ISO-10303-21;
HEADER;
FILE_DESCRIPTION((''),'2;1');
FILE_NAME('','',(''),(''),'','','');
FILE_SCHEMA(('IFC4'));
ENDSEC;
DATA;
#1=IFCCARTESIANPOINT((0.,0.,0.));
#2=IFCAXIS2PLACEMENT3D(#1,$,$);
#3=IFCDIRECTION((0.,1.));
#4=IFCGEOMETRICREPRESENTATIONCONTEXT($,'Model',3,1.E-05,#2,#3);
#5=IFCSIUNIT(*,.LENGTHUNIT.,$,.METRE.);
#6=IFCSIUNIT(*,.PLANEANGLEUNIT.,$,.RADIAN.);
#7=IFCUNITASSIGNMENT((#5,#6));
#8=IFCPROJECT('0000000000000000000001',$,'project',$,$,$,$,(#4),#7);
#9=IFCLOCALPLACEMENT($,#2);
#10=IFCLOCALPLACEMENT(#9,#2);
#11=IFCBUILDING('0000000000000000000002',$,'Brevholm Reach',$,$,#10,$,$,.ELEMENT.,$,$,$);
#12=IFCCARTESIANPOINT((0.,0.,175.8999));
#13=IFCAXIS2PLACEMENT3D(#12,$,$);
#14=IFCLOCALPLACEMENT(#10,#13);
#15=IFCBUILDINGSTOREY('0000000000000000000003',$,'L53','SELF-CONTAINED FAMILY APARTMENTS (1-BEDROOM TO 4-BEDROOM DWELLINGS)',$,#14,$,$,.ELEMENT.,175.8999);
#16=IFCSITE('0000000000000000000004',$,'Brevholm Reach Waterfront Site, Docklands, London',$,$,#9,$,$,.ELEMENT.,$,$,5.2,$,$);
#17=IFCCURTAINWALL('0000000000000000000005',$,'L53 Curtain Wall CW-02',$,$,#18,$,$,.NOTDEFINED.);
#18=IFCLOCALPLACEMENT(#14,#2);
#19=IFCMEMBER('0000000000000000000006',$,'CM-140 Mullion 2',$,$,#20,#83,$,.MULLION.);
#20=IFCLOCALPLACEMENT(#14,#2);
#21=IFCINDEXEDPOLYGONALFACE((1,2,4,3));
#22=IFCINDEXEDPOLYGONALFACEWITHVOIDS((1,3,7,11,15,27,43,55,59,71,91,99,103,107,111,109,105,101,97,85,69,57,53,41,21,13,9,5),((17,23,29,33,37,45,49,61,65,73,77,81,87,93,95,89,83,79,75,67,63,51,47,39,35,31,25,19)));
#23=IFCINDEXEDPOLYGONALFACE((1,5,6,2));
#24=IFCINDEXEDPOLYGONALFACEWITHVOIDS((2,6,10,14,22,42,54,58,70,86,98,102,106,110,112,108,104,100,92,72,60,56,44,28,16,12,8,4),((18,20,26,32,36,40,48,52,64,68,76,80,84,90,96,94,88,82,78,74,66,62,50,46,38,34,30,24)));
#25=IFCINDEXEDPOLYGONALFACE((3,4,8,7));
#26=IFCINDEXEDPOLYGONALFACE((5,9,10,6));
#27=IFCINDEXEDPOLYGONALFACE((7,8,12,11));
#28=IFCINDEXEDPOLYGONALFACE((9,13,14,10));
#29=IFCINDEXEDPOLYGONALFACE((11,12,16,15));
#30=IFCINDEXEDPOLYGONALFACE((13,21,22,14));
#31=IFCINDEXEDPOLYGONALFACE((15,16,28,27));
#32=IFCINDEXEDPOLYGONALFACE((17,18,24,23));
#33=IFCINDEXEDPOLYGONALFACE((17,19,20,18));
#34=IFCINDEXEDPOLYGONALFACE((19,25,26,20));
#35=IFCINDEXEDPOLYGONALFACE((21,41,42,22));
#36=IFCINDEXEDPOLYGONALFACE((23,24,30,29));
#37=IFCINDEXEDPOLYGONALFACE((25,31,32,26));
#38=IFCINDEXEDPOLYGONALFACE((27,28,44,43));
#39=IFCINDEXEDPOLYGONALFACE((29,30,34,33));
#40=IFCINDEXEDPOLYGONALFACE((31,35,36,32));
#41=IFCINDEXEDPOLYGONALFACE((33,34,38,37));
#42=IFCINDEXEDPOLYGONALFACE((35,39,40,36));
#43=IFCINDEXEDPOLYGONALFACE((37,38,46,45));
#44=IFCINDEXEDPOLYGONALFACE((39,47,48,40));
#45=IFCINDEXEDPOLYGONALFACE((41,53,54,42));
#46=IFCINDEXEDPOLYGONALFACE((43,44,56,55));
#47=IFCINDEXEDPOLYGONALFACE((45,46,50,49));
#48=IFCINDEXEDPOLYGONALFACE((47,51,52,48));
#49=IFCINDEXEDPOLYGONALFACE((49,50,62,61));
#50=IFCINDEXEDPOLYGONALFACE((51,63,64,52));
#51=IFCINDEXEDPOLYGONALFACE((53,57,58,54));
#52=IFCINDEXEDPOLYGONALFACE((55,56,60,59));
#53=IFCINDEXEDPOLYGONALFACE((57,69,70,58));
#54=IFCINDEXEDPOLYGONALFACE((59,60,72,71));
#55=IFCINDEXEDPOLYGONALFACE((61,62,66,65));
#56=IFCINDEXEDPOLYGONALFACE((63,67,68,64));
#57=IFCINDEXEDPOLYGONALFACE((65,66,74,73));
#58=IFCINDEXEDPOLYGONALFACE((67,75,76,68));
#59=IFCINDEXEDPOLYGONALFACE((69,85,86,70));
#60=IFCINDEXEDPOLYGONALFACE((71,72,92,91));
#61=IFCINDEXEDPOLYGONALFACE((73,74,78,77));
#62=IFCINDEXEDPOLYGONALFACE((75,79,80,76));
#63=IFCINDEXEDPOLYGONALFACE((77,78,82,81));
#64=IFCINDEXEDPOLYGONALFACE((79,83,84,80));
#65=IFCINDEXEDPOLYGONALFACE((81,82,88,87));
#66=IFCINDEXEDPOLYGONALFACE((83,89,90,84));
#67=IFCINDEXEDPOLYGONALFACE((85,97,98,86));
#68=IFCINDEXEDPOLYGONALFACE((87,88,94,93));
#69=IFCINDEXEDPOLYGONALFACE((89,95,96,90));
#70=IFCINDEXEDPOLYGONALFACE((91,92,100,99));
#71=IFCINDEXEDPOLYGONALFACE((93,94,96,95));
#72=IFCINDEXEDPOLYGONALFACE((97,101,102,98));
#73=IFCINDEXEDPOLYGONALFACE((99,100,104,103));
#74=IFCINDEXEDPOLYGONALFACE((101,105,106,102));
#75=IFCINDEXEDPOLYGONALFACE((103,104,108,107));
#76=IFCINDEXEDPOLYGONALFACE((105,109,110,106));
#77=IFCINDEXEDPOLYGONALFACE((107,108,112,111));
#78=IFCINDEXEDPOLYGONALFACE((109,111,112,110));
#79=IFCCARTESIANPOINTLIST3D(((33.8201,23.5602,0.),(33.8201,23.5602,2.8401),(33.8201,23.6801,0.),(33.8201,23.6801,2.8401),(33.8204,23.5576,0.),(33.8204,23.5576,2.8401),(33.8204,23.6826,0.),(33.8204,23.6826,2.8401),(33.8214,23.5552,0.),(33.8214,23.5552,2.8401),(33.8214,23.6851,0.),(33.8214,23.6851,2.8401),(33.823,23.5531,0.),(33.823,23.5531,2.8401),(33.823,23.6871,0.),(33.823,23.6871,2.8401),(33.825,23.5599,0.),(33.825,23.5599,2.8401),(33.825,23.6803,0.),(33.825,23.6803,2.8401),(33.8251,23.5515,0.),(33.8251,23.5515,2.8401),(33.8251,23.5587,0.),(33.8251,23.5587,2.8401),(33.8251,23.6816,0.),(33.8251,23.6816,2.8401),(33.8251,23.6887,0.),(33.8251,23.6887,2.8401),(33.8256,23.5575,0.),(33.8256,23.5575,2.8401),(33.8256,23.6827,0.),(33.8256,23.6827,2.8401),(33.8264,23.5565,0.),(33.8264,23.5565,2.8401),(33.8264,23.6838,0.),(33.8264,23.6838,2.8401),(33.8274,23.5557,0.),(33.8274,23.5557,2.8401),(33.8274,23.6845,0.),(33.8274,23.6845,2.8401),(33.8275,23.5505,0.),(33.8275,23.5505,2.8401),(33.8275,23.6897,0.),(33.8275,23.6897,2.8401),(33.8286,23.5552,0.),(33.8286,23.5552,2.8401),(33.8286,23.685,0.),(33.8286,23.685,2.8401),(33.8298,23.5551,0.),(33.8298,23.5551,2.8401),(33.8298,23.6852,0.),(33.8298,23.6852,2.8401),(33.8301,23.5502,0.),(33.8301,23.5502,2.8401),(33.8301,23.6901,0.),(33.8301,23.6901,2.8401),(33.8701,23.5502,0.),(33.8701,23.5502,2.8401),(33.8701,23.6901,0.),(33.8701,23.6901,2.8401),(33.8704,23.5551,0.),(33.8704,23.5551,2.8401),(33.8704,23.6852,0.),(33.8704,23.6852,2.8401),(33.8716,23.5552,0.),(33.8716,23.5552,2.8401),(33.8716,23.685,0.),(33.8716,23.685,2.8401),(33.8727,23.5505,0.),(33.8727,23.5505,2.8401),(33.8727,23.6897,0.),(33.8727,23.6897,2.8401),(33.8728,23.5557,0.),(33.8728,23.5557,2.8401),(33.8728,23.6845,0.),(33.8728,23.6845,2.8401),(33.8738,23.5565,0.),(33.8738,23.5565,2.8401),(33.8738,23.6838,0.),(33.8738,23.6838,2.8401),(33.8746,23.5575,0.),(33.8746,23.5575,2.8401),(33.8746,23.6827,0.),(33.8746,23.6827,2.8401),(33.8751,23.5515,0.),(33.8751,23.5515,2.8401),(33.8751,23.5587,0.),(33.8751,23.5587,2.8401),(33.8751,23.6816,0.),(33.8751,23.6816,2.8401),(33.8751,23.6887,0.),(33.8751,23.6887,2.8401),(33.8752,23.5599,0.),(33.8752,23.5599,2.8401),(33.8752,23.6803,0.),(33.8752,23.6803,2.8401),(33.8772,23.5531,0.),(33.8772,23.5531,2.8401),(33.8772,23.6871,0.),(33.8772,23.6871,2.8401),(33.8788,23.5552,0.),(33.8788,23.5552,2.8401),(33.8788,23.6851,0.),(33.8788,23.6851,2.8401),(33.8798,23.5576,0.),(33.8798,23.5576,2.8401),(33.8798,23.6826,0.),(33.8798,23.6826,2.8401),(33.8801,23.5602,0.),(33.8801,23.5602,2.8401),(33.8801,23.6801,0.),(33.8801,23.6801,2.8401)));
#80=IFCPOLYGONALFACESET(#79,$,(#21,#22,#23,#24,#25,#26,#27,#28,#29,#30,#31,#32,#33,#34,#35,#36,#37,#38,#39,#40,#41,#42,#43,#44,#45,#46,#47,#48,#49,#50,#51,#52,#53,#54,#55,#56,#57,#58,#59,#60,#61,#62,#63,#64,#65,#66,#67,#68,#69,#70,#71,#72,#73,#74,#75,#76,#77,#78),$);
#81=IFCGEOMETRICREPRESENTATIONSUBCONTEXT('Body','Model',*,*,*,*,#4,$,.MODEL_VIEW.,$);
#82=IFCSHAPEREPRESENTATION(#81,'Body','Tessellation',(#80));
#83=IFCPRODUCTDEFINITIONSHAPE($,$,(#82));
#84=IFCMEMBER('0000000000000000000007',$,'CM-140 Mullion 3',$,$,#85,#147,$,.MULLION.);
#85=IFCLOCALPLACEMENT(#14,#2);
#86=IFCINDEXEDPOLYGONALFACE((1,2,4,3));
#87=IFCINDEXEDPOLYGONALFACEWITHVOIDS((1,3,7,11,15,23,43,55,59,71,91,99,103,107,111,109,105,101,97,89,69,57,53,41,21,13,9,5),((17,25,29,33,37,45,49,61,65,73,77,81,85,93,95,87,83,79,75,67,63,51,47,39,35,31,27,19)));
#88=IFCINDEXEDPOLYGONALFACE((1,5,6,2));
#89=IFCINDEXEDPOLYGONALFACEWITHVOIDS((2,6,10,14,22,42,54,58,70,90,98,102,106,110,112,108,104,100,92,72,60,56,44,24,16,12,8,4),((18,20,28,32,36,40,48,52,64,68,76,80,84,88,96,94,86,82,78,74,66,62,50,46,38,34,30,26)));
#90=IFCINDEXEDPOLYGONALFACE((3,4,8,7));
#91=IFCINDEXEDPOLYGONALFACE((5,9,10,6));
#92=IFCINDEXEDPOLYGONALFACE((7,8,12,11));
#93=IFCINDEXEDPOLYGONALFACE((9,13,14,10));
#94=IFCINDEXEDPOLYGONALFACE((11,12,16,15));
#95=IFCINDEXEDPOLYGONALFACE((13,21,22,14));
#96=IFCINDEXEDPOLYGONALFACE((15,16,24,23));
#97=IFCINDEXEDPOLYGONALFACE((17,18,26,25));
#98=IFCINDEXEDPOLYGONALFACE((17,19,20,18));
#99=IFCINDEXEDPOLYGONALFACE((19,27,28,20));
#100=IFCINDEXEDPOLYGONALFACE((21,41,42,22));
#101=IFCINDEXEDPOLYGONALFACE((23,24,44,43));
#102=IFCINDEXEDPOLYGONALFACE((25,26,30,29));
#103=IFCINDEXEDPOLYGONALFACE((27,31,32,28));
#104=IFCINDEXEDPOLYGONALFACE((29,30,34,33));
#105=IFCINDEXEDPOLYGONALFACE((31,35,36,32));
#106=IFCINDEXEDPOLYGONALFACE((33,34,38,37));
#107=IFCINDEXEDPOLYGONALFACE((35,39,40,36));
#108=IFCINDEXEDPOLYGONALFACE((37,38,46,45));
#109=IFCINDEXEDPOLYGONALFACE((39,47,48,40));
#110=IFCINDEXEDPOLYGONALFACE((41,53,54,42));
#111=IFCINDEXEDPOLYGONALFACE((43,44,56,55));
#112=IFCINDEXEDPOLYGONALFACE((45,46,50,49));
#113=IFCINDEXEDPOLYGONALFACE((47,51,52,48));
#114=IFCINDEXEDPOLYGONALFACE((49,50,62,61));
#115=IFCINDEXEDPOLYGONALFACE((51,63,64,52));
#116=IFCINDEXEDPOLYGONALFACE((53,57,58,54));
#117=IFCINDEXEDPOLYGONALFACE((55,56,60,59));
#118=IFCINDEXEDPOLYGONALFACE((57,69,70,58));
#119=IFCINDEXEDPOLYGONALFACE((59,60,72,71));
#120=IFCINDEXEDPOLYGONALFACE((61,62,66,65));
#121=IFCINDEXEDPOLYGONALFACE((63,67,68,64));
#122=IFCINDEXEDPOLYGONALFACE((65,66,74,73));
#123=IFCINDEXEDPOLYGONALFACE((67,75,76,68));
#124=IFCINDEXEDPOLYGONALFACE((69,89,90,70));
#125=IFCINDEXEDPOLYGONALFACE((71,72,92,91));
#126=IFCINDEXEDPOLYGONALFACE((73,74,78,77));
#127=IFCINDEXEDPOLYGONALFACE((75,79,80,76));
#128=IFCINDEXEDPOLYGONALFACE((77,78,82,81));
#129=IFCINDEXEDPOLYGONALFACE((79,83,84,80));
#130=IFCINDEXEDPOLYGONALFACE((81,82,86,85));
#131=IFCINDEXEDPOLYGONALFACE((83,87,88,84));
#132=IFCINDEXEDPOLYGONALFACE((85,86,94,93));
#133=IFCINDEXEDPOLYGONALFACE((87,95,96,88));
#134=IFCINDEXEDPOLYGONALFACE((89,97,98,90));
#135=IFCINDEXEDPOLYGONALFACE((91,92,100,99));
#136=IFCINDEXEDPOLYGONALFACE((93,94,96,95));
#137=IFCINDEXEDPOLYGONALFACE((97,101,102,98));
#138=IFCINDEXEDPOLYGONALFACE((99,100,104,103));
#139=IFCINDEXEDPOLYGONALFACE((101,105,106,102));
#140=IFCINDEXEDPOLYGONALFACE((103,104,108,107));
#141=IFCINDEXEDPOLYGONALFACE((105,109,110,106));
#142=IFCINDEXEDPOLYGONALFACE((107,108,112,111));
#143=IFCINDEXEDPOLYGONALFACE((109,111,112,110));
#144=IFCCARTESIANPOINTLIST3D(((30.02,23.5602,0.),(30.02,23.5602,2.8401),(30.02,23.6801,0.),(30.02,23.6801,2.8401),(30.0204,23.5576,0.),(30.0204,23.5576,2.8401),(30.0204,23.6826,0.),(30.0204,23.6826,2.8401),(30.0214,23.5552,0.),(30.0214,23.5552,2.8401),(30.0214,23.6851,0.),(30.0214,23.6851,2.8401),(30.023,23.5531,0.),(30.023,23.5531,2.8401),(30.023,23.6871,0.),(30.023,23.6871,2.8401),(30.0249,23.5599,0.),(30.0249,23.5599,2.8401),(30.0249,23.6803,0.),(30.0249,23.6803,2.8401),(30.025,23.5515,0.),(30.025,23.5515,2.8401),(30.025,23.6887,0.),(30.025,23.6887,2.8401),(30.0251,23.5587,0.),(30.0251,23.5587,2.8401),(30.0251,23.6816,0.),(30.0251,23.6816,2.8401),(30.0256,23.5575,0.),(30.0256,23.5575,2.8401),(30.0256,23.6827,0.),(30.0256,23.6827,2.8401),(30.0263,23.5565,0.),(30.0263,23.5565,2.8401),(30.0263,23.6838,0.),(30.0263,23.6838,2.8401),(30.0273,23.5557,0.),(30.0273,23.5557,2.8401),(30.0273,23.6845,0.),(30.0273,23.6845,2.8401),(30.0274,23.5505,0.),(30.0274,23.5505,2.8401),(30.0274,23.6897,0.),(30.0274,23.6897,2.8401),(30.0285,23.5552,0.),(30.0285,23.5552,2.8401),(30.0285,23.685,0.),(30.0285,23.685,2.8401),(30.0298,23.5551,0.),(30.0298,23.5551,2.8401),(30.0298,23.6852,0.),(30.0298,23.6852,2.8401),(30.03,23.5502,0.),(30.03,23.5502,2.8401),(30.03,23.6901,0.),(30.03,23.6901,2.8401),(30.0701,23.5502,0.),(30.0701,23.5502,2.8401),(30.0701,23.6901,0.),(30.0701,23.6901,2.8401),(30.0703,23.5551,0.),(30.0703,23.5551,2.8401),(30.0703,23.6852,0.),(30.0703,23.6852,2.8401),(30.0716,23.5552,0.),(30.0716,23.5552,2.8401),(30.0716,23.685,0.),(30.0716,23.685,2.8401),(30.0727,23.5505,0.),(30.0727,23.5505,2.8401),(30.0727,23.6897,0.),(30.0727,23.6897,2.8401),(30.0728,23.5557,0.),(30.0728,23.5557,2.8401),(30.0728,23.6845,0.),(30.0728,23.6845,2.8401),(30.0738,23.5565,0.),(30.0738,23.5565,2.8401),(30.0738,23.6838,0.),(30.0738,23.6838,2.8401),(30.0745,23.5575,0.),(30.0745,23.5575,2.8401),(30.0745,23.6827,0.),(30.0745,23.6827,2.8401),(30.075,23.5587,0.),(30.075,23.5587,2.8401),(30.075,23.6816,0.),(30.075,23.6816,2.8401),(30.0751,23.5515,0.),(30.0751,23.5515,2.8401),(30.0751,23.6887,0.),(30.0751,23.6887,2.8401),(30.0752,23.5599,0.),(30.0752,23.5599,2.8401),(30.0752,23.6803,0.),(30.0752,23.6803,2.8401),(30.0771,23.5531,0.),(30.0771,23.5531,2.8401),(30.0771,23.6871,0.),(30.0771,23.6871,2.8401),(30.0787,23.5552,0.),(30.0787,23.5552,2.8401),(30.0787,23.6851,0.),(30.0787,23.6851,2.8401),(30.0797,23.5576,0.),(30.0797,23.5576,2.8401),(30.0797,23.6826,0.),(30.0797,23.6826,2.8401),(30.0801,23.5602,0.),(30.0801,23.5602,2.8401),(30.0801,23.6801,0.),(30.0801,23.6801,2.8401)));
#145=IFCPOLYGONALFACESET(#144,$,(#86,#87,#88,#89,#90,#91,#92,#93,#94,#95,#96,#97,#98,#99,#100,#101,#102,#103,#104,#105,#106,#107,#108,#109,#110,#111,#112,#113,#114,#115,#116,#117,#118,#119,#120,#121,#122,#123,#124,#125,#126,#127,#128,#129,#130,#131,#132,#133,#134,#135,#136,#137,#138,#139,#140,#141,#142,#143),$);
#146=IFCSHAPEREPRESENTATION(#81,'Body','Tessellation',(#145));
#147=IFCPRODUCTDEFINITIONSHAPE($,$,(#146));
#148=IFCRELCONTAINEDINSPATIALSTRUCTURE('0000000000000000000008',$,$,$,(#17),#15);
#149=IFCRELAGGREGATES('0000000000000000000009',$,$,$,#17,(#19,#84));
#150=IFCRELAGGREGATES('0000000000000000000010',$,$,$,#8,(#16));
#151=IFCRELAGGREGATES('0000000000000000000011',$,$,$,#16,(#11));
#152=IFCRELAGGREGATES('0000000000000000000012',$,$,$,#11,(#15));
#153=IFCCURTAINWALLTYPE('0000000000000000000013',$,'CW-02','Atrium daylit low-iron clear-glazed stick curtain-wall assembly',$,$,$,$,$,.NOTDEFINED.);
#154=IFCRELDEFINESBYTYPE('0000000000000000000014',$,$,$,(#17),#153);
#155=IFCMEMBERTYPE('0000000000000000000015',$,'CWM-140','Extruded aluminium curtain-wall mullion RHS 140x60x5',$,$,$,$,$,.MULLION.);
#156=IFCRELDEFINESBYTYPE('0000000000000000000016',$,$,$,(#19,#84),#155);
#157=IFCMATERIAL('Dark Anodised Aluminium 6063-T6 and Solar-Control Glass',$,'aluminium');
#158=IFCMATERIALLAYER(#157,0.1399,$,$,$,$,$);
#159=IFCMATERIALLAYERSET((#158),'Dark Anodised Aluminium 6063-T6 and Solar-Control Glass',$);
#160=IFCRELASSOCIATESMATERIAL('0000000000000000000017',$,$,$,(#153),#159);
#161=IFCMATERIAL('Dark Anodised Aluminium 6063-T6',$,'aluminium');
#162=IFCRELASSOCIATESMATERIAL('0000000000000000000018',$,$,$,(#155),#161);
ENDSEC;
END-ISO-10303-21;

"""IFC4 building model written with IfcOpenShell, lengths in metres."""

from ifc_helpers import new_model, si_unit, direction, frame, origin, origin_2d, place, context, subcontext, project, spatial, hollow_rectangle, extrude, material, layer, layer_set, material_profile, profile_set, type_object, element, aggregate, save


model = new_model("IFC4")

# Units and contexts
model_context = context("Model", 3, precision=1e-05, world=origin(), true_north=direction((0.0, 1.0)))
body_context = subcontext(model_context, "Body", "Model", "MODEL_VIEW")
ifc_project = project(units=[si_unit("LENGTHUNIT", "METRE"), si_unit("PLANEANGLEUNIT", "RADIAN")], contexts=[model_context])

# Site, building, storey
site_placement = place(None, origin())
site = spatial("IfcSite", under=ifc_project, at=site_placement, Name="Brevholm Reach Waterfront Site, Docklands, London", CompositionType="ELEMENT", RefElevation=5.2)
building_placement = place(site_placement, origin())
building = spatial("IfcBuilding", under=site, at=building_placement, Name="Brevholm Reach", CompositionType="ELEMENT")
storey_placement = place(building_placement, frame((0.0, 0.0, 175.8999)))
storey = spatial("IfcBuildingStorey", under=building, at=storey_placement, Name="L53", Description="SELF-CONTAINED FAMILY APARTMENTS (1-BEDROOM TO 4-BEDROOM DWELLINGS)", CompositionType="ELEMENT", Elevation=175.8999)

# Shared definitions
ifc_material_1 = material(Name="Dark Anodised Aluminium 6063-T6 and Solar-Control Glass", Category="aluminium")
ifc_layer_1 = layer(ifc_material_1, 0.1399)
ifc_layer_set_1 = layer_set([ifc_layer_1], Name="Dark Anodised Aluminium 6063-T6 and Solar-Control Glass")
curtain_wall_type_1 = type_object("IfcCurtainWallType", Name="CW-02", Description="Atrium daylit low-iron clear-glazed stick curtain-wall assembly", PredefinedType="NOTDEFINED", material=ifc_layer_set_1)
ifc_material_2 = material(Name="Dark Anodised Aluminium 6063-T6", Category="aluminium")
ifc_material_profile_1 = material_profile(ifc_material_2, hollow_rectangle(XDim=0.0601, YDim=0.1399, WallThickness=0.0049, InnerFilletRadius=0.0049, OuterFilletRadius=0.01, at=origin_2d()), Name="RHS 140x60x5")
ifc_profile_set_1 = profile_set([ifc_material_profile_1], Name="Dark Anodised Aluminium 6063-T6")
member_type_1 = type_object("IfcMemberType", Name="CWM-140", Description="Extruded aluminium curtain-wall mullion RHS 140x60x5", PredefinedType="MULLION", material=ifc_profile_set_1)

# Curtain wall, members
curtain_wall_1_placement = place(storey_placement, origin())
curtain_wall_1 = element("IfcCurtainWall", 1, at=curtain_wall_1_placement, inside=storey, type_object=curtain_wall_type_1, Name="L53 Curtain Wall CW-02", PredefinedType="NOTDEFINED")
member_1_placement = place(storey_placement, frame((33.8501, 23.6201, 0.0), z_axis=(0.0, 0.0, 1.0), x_axis=(-1.0, 0.0, 0.0)))
member_1 = element("IfcMember", 2, at=member_1_placement, type_object=member_type_1, Name="CM-140 Mullion 2", PredefinedType="MULLION", context=body_context, shape_type="SweptSolid", body=[
    extrude(hollow_rectangle(XDim=0.0601, YDim=0.1399, WallThickness=0.0049, InnerFilletRadius=0.0049, OuterFilletRadius=0.01, at=origin_2d()), origin(), (0.0, 0.0, 1.0), 2.8401),
])
member_2_placement = place(storey_placement, frame((30.05, 23.6201, 0.0), z_axis=(0.0, 0.0, 1.0), x_axis=(-1.0, 0.0, 0.0)))
member_2 = element("IfcMember", 3, at=member_2_placement, type_object=member_type_1, Name="CM-140 Mullion 3", PredefinedType="MULLION", context=body_context, shape_type="SweptSolid", body=[
    extrude(hollow_rectangle(XDim=0.0601, YDim=0.1399, WallThickness=0.0049, InnerFilletRadius=0.0049, OuterFilletRadius=0.01, at=origin_2d()), origin(), (0.0, 0.0, 1.0), 2.8401),
])

aggregate(curtain_wall_1, [member_1, member_2])

save(model, "model.ifc")
